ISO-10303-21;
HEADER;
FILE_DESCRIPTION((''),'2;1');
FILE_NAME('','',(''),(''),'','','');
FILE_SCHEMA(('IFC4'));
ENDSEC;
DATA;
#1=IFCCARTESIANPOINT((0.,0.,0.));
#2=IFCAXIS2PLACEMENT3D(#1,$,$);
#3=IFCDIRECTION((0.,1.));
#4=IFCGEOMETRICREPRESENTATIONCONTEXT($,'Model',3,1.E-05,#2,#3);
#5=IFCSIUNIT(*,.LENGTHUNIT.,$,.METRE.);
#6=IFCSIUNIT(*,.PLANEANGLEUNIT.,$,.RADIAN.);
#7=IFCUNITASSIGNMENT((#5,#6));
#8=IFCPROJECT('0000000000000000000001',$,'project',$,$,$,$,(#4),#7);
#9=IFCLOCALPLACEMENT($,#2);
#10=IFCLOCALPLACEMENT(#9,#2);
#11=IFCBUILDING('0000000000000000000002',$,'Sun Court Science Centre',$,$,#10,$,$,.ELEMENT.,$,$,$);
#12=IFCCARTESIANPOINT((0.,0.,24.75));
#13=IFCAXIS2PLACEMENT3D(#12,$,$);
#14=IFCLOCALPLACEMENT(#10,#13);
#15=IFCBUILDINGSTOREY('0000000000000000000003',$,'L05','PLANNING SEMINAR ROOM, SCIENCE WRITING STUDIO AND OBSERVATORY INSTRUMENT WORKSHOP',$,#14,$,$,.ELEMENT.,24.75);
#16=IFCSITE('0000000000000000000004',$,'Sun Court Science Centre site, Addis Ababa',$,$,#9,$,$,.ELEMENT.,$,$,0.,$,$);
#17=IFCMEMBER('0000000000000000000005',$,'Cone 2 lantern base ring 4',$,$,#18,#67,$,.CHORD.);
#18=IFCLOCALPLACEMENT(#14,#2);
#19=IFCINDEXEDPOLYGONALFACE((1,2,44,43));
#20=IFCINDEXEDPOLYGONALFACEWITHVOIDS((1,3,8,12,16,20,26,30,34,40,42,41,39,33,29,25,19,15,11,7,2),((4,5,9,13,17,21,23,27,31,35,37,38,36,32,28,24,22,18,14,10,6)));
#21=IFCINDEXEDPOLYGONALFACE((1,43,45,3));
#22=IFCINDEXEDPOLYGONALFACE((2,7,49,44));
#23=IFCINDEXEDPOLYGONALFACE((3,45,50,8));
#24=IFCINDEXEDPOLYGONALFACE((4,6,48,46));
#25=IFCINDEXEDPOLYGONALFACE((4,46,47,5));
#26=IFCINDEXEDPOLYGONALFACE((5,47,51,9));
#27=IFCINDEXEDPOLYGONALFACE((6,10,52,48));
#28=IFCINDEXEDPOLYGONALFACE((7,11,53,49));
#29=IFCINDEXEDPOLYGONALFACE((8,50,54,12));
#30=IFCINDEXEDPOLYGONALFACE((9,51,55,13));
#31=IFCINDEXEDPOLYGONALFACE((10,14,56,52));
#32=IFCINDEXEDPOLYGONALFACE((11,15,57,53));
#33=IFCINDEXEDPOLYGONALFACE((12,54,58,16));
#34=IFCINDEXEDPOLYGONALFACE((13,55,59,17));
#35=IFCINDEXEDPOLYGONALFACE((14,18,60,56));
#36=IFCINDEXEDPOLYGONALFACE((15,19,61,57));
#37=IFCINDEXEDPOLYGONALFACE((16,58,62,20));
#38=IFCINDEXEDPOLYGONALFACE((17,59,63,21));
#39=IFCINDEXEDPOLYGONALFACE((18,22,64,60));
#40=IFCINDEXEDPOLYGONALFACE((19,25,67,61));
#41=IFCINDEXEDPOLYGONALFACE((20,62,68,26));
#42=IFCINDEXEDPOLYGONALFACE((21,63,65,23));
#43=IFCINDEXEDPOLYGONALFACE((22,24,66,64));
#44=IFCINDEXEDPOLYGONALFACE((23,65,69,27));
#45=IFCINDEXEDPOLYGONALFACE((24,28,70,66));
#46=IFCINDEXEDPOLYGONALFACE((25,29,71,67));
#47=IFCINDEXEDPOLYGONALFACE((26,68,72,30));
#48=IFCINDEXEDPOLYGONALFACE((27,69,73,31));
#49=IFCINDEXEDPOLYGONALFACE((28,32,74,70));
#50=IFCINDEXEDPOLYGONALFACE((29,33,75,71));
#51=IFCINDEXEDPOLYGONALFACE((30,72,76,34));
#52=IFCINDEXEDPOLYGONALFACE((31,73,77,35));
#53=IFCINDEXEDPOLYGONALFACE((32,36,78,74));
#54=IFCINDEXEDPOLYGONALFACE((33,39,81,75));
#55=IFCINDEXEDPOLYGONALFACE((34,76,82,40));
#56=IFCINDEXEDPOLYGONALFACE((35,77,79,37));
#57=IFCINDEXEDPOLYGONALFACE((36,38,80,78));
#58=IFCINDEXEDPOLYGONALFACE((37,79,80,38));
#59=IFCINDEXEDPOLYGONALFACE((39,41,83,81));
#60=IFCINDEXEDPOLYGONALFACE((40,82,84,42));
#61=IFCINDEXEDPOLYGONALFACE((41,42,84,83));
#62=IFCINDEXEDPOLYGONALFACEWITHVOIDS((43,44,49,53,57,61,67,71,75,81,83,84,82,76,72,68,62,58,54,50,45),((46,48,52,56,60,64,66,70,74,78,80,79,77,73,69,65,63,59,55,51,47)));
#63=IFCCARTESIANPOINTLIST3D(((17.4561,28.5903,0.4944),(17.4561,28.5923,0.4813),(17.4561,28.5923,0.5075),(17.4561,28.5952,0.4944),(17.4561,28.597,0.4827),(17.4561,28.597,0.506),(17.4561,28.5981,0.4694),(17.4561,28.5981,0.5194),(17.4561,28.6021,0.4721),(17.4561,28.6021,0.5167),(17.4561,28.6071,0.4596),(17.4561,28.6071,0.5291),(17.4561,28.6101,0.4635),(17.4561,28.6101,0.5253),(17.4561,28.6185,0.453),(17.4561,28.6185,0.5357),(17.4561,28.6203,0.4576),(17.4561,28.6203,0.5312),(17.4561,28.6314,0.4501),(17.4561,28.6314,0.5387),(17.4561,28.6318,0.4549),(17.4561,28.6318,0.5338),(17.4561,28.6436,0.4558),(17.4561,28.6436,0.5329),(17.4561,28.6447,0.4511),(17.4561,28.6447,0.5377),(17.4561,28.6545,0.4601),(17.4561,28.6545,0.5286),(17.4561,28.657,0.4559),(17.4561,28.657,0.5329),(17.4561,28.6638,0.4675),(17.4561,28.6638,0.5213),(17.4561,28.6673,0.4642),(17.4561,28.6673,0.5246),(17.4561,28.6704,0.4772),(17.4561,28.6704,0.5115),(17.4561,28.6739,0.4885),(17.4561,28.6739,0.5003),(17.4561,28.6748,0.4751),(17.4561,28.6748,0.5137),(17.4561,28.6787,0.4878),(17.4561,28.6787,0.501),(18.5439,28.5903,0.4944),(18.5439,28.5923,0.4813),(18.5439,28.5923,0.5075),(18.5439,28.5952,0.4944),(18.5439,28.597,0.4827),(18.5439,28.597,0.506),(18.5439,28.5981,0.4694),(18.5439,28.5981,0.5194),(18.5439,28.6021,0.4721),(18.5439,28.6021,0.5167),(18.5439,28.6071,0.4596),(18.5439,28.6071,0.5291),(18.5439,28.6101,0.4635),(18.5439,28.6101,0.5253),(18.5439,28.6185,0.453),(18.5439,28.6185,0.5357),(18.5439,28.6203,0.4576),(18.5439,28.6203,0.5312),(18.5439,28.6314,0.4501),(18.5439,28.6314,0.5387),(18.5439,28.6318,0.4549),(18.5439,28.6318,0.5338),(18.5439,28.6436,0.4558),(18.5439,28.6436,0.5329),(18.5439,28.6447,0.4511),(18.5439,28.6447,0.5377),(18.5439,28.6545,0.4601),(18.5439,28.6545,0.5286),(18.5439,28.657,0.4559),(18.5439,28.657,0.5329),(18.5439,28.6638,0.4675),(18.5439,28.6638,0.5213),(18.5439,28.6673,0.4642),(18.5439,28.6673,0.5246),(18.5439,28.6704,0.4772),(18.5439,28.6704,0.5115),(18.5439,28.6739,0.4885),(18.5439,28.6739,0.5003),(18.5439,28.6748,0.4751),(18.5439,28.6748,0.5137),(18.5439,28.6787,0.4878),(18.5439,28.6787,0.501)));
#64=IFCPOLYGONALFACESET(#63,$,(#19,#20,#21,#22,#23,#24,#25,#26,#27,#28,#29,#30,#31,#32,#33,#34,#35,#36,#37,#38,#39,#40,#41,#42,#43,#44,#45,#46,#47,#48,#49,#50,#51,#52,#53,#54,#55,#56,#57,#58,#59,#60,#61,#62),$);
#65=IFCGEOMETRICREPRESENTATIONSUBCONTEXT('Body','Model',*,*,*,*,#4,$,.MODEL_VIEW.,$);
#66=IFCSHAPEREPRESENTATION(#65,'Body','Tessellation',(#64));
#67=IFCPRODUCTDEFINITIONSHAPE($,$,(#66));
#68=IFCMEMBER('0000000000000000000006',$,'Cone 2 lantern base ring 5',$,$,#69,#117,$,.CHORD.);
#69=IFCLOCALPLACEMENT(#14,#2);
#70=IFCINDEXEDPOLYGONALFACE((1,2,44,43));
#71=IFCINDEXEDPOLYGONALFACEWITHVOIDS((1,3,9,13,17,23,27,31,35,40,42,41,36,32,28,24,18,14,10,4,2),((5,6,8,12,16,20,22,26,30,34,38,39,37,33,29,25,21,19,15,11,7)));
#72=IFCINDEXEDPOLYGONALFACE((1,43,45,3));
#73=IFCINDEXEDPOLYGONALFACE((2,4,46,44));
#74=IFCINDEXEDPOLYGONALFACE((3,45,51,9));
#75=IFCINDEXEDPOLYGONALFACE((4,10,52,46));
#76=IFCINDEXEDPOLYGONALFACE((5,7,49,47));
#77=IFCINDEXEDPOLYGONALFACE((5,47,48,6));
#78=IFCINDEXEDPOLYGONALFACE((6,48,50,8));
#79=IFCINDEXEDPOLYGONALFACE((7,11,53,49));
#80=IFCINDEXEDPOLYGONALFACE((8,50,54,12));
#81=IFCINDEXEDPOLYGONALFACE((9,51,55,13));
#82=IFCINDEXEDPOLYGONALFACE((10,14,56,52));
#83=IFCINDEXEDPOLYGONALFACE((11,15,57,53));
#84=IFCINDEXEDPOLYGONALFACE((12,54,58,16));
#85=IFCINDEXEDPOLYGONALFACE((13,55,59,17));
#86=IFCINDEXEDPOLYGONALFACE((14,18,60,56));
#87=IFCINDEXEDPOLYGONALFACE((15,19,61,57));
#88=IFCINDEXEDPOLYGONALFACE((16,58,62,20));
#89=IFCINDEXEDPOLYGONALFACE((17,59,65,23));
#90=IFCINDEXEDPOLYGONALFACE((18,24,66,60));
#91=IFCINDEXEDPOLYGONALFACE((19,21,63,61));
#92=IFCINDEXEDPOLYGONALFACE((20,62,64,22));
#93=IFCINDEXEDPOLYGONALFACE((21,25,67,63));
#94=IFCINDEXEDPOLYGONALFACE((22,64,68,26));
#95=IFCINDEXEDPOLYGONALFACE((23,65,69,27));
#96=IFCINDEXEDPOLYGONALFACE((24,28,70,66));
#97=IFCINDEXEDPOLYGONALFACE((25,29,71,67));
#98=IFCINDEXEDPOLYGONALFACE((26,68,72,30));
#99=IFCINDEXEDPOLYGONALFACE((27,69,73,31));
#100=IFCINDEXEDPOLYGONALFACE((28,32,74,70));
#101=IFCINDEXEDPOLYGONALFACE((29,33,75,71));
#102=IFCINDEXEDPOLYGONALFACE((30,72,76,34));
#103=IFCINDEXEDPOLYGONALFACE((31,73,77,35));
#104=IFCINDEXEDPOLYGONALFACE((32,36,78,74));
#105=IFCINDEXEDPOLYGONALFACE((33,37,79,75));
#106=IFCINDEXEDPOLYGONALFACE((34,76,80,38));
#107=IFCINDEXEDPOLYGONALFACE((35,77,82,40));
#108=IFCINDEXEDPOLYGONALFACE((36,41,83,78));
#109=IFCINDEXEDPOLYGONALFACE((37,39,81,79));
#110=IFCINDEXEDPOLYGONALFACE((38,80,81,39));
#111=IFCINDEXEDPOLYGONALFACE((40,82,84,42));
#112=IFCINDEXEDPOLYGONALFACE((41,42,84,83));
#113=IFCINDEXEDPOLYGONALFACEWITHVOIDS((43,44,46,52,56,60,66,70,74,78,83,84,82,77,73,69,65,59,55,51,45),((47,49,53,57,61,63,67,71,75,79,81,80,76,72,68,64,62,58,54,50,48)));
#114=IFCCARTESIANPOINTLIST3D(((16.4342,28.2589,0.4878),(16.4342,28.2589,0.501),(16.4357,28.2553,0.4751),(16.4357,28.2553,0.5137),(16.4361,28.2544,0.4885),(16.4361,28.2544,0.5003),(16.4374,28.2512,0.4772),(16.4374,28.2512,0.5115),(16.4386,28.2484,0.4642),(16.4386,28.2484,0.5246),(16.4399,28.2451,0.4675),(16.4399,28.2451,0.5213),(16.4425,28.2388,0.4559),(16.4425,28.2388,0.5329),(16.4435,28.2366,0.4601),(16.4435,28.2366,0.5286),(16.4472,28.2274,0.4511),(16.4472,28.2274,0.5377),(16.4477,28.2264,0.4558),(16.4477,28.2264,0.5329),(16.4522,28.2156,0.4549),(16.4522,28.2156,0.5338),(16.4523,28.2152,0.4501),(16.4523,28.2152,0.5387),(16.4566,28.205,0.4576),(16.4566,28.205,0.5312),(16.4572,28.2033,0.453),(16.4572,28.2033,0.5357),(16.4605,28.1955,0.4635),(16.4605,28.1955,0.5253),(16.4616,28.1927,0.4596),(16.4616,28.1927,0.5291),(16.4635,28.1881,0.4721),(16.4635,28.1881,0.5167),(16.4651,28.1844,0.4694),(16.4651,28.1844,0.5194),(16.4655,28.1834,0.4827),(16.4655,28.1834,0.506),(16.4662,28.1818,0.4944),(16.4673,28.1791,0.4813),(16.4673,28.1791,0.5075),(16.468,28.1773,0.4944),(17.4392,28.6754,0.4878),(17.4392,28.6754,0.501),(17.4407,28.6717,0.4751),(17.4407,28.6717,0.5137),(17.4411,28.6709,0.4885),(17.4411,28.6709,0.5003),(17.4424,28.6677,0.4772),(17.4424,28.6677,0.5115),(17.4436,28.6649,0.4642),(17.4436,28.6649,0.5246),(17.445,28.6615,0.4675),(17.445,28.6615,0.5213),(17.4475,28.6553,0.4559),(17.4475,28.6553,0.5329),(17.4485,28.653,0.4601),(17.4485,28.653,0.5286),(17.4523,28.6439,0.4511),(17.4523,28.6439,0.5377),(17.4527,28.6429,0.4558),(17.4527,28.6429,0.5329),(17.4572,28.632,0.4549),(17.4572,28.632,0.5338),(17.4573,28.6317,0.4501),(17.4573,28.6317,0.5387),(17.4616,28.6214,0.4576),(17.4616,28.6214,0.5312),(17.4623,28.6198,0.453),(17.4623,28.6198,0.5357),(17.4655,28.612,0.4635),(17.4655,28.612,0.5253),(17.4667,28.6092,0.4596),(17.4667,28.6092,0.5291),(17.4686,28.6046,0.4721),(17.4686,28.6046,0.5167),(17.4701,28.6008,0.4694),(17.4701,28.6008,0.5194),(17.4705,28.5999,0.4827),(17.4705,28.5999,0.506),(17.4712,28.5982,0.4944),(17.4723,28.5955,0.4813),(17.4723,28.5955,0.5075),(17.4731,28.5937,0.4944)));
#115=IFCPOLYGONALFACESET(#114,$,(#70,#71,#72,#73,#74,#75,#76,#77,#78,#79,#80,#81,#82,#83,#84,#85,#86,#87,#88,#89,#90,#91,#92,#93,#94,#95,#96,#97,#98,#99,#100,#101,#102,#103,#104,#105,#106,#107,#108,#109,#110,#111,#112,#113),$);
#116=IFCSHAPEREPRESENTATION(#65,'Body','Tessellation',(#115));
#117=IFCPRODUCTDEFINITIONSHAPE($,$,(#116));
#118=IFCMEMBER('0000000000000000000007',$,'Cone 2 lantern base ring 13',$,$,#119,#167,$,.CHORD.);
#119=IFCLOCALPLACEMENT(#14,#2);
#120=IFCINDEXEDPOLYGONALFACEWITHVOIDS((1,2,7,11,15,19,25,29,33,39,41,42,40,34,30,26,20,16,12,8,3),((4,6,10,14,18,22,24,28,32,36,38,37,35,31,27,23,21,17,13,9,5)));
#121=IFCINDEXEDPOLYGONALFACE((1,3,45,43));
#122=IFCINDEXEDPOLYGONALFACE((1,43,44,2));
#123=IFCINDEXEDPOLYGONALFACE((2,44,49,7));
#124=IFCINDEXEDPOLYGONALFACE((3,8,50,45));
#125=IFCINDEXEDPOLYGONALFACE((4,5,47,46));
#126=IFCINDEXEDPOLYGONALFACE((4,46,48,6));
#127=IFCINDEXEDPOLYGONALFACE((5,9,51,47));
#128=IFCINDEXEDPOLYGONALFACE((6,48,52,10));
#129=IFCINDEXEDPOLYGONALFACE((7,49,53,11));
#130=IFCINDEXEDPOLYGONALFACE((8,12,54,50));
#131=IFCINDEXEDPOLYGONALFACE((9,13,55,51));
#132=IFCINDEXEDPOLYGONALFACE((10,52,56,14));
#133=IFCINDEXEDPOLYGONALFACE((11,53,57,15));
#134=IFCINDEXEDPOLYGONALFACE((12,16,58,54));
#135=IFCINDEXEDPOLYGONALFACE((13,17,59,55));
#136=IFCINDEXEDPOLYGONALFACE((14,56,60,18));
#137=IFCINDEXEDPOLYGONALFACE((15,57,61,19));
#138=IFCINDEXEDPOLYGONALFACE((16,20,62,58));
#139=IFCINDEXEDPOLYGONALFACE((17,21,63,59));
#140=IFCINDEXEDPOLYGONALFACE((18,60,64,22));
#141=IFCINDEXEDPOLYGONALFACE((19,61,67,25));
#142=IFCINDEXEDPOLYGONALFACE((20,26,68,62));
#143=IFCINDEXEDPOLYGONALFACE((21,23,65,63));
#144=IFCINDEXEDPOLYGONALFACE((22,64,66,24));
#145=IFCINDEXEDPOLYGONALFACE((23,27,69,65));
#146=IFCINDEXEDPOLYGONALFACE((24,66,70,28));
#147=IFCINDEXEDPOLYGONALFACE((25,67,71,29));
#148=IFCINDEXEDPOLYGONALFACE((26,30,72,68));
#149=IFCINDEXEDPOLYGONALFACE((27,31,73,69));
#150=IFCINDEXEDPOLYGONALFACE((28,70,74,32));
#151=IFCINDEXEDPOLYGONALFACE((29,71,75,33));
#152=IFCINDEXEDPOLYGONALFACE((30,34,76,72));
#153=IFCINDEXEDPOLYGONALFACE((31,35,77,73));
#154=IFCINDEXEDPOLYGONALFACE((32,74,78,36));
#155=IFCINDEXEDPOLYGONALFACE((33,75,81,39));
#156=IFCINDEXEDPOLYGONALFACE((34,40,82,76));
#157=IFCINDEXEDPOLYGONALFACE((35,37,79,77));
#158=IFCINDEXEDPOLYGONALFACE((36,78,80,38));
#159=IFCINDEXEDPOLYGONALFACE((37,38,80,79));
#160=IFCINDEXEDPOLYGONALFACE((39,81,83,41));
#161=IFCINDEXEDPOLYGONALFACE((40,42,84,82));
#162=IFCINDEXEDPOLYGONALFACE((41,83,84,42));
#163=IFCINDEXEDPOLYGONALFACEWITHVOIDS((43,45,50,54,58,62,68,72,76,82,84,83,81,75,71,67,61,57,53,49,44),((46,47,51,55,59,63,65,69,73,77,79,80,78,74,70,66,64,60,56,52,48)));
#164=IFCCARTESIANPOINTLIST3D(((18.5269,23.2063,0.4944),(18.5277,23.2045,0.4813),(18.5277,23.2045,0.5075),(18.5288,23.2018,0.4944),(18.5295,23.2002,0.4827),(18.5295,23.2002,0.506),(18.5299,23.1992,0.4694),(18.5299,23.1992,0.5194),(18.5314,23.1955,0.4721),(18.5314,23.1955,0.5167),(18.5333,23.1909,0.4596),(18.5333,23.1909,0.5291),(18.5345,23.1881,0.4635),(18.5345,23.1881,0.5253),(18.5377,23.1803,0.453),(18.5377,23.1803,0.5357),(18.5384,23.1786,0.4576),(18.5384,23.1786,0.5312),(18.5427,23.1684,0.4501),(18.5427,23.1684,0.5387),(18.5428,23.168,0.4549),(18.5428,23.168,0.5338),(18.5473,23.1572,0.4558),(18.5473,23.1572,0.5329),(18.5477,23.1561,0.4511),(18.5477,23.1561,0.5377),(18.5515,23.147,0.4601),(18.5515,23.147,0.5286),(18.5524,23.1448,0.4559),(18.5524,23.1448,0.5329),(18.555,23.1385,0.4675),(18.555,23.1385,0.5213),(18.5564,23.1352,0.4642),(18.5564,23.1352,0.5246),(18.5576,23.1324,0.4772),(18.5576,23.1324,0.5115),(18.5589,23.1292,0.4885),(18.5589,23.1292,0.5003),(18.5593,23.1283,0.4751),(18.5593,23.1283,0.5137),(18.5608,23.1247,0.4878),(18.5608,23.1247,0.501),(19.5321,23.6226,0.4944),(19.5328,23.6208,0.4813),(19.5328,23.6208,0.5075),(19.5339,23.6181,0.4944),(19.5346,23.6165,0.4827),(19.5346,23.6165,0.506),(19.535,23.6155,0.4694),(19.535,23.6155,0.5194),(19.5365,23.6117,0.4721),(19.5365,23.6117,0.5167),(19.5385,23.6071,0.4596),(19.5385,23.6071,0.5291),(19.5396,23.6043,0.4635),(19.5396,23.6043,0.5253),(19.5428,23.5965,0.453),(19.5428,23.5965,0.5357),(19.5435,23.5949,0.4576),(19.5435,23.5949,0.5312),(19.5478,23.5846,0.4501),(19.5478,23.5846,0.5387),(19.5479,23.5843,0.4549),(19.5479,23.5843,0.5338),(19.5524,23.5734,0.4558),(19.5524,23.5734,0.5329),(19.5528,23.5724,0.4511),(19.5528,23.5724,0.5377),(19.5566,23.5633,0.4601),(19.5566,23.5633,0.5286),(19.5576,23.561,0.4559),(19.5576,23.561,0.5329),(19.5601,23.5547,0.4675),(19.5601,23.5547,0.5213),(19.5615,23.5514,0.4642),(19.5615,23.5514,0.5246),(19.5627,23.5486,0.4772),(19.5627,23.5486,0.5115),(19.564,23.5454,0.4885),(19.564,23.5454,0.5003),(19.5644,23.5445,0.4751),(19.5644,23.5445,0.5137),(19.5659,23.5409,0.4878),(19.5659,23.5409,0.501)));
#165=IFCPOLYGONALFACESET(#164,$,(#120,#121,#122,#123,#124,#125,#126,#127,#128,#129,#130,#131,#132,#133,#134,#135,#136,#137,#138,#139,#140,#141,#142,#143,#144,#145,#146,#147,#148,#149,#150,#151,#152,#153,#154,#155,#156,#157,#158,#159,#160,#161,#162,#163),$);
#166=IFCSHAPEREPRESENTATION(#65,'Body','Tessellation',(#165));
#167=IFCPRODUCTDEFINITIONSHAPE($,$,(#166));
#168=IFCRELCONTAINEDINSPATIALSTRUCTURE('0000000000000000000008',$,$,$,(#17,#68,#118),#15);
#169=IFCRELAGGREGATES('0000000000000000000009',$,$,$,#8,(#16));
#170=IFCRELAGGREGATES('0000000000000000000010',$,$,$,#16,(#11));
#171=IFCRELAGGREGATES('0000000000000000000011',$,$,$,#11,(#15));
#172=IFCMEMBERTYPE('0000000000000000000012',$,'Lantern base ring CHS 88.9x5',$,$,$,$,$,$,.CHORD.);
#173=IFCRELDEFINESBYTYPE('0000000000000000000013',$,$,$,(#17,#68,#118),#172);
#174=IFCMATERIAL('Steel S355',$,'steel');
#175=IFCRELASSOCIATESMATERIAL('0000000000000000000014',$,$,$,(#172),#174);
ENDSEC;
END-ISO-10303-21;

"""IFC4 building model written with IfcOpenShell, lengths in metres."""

from ifc_helpers import new_model, si_unit, direction, frame, origin, origin_2d, place, context, subcontext, project, spatial, hollow_circle, extrude, material, material_profile, profile_set, type_object, element, save


model = new_model("IFC4")

# Units and contexts
model_context = context("Model", 3, precision=1e-05, world=origin(), true_north=direction((0.0, 1.0)))
body_context = subcontext(model_context, "Body", "Model", "MODEL_VIEW")
ifc_project = project(units=[si_unit("LENGTHUNIT", "METRE"), si_unit("PLANEANGLEUNIT", "RADIAN")], contexts=[model_context])

# Site, building, storey
site_placement = place(None, origin())
site = spatial("IfcSite", under=ifc_project, at=site_placement, Name="Sun Court Science Centre site, Addis Ababa", CompositionType="ELEMENT", RefElevation=0.0)
building_placement = place(site_placement, origin())
building = spatial("IfcBuilding", under=site, at=building_placement, Name="Sun Court Science Centre", CompositionType="ELEMENT")
storey_placement = place(building_placement, frame((0.0, 0.0, 24.75)))
storey = spatial("IfcBuildingStorey", under=building, at=storey_placement, Name="L05", Description="PLANNING SEMINAR ROOM, SCIENCE WRITING STUDIO AND OBSERVATORY INSTRUMENT WORKSHOP", CompositionType="ELEMENT", Elevation=24.75)

# Members
ifc_material_1 = material(Name="Steel S355", Category="steel")
ifc_material_profile_1 = material_profile(ifc_material_1, hollow_circle(Radius=0.0444, WallThickness=0.0049, at=origin_2d()), Name="CHS 88.9x5")
ifc_profile_set_1 = profile_set([ifc_material_profile_1], Name="Steel S355")
member_type_1 = type_object("IfcMemberType", Name="Lantern base ring CHS 88.9x5", PredefinedType="CHORD", material=ifc_profile_set_1)
for number, where, z_axis, x_axis, name in (
    (1, (18.5439, 28.6348, 0.4944), (-1.0, 0.0, 0.0), (0.0, -1.0, 0.0), "Cone 2 lantern base ring 4"),
    (2, (17.4561, 28.6348, 0.4944), (-0.923825, -0.382814, 0.0), (0.382814, -0.923825, 0.0), "Cone 2 lantern base ring 5"),
    (3, (18.5439, 23.1653, 0.4944), (0.923905, 0.382623, 0.0), (-0.382623, 0.923905, 0.0), "Cone 2 lantern base ring 13"),
):
    element("IfcMember", number, at=place(storey_placement, frame(where, z_axis=z_axis, x_axis=x_axis)), inside=storey, type_object=member_type_1, Name=name, PredefinedType="CHORD", context=body_context, shape_type="SweptSolid", body=[
        extrude(hollow_circle(Radius=0.0444, WallThickness=0.0049, at=origin_2d()), origin(), (0.0, 0.0, 1.0), 1.0879),
    ])

save(model, "model.ifc")
